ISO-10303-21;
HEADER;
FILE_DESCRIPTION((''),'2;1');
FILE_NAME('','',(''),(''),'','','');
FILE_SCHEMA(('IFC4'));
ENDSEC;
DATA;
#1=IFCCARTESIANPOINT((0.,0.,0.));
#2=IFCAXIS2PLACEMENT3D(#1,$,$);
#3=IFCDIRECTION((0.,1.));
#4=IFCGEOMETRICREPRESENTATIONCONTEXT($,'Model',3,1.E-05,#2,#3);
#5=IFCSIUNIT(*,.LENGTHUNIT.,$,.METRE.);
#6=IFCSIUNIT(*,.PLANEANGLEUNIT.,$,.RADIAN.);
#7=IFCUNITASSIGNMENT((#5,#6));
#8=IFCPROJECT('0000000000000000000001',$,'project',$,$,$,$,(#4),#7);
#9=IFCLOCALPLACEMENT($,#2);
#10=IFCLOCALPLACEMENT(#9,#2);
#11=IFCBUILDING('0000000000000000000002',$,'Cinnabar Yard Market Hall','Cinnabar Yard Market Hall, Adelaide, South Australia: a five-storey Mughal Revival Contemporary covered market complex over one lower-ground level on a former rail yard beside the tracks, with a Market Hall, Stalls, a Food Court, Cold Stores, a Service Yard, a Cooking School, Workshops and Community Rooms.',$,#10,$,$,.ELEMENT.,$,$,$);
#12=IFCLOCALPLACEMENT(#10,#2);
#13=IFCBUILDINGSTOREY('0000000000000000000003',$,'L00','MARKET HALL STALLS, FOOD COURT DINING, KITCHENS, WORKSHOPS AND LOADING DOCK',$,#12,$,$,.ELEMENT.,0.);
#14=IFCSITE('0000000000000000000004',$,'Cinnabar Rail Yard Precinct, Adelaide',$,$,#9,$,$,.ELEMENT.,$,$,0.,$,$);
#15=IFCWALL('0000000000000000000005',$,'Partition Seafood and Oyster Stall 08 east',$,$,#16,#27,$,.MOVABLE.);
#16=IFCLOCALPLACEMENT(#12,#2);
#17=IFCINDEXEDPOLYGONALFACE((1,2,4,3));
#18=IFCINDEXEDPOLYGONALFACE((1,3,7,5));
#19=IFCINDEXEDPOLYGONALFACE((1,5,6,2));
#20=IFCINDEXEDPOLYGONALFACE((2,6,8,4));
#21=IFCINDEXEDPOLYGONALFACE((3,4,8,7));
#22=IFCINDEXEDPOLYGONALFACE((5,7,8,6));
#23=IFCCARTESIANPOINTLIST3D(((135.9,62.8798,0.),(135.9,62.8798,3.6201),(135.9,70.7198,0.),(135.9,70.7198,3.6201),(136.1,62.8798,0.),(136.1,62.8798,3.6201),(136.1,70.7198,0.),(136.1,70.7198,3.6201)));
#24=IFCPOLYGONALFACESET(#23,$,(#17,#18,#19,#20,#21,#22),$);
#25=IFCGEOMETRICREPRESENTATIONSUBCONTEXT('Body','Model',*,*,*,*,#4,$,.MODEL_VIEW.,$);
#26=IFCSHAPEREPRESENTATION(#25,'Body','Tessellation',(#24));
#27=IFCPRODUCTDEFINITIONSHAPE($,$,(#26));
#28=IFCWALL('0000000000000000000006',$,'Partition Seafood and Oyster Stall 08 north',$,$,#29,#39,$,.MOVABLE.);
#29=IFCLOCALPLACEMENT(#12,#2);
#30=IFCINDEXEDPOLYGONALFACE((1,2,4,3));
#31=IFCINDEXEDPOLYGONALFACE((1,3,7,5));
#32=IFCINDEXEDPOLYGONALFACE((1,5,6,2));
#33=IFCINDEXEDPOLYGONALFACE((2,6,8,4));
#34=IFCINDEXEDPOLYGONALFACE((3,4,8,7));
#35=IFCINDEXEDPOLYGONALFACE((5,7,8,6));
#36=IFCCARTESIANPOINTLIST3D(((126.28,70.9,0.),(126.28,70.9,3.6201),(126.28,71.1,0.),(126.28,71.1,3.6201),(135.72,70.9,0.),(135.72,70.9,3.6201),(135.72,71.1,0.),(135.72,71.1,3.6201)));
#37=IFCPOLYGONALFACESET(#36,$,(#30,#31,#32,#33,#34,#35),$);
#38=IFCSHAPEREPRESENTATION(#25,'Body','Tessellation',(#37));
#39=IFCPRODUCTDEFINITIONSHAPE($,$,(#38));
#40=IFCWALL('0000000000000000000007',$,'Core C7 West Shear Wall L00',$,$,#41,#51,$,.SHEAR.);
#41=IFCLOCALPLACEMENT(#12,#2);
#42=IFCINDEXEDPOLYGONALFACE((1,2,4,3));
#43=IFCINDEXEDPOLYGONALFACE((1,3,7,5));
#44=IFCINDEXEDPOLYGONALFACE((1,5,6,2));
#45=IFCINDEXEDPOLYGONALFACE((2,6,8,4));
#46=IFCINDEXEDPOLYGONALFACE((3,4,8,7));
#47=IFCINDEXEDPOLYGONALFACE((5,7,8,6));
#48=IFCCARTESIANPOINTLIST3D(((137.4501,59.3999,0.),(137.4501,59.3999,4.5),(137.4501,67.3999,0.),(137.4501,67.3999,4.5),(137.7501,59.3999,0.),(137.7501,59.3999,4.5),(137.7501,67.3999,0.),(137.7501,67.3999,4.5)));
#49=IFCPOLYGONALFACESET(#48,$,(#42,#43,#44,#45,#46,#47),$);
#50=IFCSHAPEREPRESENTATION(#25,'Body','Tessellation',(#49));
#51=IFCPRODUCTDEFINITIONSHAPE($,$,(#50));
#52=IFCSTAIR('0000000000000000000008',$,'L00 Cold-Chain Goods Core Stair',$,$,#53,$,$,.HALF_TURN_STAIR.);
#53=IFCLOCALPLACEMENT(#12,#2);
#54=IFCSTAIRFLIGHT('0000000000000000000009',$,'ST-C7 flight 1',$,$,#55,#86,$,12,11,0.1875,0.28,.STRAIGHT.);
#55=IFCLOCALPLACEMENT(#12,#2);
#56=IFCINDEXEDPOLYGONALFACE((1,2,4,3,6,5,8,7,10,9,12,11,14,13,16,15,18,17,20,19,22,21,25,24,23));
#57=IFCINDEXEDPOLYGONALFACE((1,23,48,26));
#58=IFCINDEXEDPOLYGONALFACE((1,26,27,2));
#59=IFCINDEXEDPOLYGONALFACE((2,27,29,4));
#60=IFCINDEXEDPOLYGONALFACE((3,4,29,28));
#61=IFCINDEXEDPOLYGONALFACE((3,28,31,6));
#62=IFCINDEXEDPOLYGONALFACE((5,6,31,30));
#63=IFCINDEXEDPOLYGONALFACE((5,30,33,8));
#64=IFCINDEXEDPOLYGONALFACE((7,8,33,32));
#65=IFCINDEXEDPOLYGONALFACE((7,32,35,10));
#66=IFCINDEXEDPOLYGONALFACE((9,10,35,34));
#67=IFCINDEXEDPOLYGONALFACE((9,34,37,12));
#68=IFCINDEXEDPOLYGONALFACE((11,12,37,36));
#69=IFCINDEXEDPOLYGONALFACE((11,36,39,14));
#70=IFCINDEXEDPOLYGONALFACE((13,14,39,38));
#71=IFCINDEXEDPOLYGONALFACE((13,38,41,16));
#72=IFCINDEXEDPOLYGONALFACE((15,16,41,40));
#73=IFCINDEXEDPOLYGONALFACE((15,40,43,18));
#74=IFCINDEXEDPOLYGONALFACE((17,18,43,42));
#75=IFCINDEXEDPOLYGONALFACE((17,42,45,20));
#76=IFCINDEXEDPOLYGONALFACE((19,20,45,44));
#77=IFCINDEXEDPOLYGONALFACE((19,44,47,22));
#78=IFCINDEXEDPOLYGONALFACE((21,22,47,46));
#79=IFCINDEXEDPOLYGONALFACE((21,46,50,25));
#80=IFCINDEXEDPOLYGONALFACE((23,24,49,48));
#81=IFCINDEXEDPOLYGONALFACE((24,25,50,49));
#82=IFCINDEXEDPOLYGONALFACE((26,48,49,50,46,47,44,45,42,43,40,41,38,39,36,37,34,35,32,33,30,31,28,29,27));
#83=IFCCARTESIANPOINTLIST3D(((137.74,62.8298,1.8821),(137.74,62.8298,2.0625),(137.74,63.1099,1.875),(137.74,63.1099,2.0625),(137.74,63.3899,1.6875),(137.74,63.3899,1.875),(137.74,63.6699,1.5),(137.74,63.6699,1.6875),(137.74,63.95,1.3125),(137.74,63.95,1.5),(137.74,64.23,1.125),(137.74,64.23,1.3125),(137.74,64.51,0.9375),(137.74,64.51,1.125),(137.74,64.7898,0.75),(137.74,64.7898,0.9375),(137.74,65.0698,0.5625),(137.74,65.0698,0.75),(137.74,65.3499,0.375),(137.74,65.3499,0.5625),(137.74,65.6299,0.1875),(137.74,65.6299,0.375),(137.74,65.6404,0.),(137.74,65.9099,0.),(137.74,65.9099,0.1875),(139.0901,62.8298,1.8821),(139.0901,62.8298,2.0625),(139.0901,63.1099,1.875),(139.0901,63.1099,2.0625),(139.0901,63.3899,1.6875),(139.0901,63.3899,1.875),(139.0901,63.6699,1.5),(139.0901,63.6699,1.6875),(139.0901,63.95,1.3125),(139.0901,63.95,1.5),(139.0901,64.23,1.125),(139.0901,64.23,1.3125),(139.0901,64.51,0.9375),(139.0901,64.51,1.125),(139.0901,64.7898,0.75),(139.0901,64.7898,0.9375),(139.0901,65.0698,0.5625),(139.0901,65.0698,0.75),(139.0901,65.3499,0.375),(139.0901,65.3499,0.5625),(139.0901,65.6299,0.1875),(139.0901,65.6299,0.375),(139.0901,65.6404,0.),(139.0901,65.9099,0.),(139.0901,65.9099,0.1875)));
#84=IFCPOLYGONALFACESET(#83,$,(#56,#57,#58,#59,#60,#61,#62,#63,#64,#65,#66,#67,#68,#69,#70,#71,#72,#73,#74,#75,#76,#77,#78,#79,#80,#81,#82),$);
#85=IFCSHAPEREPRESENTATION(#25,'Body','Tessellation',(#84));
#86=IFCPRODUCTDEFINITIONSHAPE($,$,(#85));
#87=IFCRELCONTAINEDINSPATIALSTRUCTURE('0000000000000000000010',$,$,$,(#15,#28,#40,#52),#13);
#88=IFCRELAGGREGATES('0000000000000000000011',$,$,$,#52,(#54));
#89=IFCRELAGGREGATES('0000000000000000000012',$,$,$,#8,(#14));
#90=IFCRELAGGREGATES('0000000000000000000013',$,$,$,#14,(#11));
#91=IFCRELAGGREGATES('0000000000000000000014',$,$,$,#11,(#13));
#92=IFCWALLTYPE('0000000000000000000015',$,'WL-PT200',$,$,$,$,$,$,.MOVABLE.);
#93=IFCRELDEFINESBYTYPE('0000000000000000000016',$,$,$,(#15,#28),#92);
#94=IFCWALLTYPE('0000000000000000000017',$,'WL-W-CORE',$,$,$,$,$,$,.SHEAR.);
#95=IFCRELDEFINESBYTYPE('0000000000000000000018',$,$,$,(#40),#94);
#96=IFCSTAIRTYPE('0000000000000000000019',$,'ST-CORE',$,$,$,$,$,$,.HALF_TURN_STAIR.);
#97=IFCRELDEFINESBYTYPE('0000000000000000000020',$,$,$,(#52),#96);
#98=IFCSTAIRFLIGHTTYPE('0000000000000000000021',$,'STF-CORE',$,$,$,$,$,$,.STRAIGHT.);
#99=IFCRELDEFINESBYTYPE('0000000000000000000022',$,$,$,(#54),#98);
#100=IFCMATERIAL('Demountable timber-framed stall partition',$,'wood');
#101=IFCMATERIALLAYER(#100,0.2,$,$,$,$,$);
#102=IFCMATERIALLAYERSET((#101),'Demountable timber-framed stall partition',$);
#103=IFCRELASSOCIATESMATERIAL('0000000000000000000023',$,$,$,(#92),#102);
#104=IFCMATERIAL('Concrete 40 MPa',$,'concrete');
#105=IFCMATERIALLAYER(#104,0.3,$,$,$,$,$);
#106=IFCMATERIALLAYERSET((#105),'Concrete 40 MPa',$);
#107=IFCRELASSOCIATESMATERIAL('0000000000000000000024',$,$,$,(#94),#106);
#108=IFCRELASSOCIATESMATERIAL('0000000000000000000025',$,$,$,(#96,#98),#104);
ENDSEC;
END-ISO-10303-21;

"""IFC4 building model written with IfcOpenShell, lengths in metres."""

from ifc_helpers import new_model, si_unit, direction, frame, frame_2d, origin, place, context, subcontext, project, spatial, polyline, rectangle, outline, extrude, material, layer, layer_set, type_object, element, aggregate, save


model = new_model("IFC4")

# Units and contexts
model_context = context("Model", 3, precision=1e-05, world=origin(), true_north=direction((0.0, 1.0)))
body_context = subcontext(model_context, "Body", "Model", "MODEL_VIEW")
ifc_project = project(units=[si_unit("LENGTHUNIT", "METRE"), si_unit("PLANEANGLEUNIT", "RADIAN")], contexts=[model_context])

# Site, building, storey
site_placement = place(None, origin())
site = spatial("IfcSite", under=ifc_project, at=site_placement, Name="Cinnabar Rail Yard Precinct, Adelaide", CompositionType="ELEMENT", RefElevation=0.0)
building_placement = place(site_placement, origin())
building = spatial("IfcBuilding", under=site, at=building_placement, Name="Cinnabar Yard Market Hall", Description="Cinnabar Yard Market Hall, Adelaide, South Australia: a five-storey Mughal Revival Contemporary covered market complex over one lower-ground level on a former rail yard beside the tracks, with a Market Hall, Stalls, a Food Court, Cold Stores, a Service Yard, a Cooking School, Workshops and Community Rooms.", CompositionType="ELEMENT")
storey_placement = place(building_placement, origin())
storey = spatial("IfcBuildingStorey", under=building, at=storey_placement, Name="L00", Description="MARKET HALL STALLS, FOOD COURT DINING, KITCHENS, WORKSHOPS AND LOADING DOCK", CompositionType="ELEMENT", Elevation=0.0)

# Shared definitions
ifc_material_1 = material(Name="Demountable timber-framed stall partition", Category="wood")
ifc_layer_1 = layer(ifc_material_1, 0.2)
ifc_layer_set_1 = layer_set([ifc_layer_1], Name="Demountable timber-framed stall partition")
wall_type_1 = type_object("IfcWallType", Name="WL-PT200", PredefinedType="MOVABLE", material=ifc_layer_set_1)

# Walls
wall_1_placement = place(storey_placement, frame((136.0, 62.8799, 0.0), z_axis=(0.0, 0.0, 1.0), x_axis=(0.0, 1.0, 0.0)))
element("IfcWall", 1, at=wall_1_placement, inside=storey, type_object=wall_type_1, Name="Partition Seafood and Oyster Stall 08 east", PredefinedType="MOVABLE", context=body_context, shape_type="SweptSolid", body=[
    extrude(rectangle(XDim=7.8401, YDim=0.2, at=frame_2d((3.9199, 0.0), x_axis=(1.0, 0.0))), origin(), (0.0, 0.0, 1.0), 3.6201),
])
wall_2_placement = place(storey_placement, frame((135.72, 71.0, 0.0), z_axis=(0.0, 0.0, 1.0), x_axis=(-1.0, 0.0, 0.0)))
element("IfcWall", 2, at=wall_2_placement, inside=storey, type_object=wall_type_1, Name="Partition Seafood and Oyster Stall 08 north", PredefinedType="MOVABLE", context=body_context, shape_type="SweptSolid", body=[
    extrude(rectangle(XDim=9.4399, YDim=0.2, at=frame_2d((4.72, 0.0), x_axis=(1.0, 0.0))), origin(), (0.0, 0.0, 1.0), 3.6201),
])
ifc_material_2 = material(Name="Concrete 40 MPa", Category="concrete")
ifc_layer_2 = layer(ifc_material_2, 0.3)
ifc_layer_set_2 = layer_set([ifc_layer_2], Name="Concrete 40 MPa")
wall_type_2 = type_object("IfcWallType", Name="WL-W-CORE", PredefinedType="SHEAR", material=ifc_layer_set_2)
wall_3_placement = place(storey_placement, frame((137.6001, 67.3999, 0.0), z_axis=(0.0, 0.0, 1.0), x_axis=(0.0, -1.0, 0.0)))
element("IfcWall", 3, at=wall_3_placement, inside=storey, type_object=wall_type_2, Name="Core C7 West Shear Wall L00", PredefinedType="SHEAR", context=body_context, shape_type="SweptSolid", body=[
    extrude(rectangle(XDim=8.0, YDim=0.3, at=frame_2d((4.0, 0.0), x_axis=(1.0, 0.0))), origin(), (0.0, 0.0, 1.0), 4.5),
])

# Stair, stair flight
stair_type = type_object("IfcStairType", Name="ST-CORE", PredefinedType="HALF_TURN_STAIR", material=ifc_material_2)
stair_placement = place(storey_placement, origin())
stair = element("IfcStair", 4, at=stair_placement, inside=storey, type_object=stair_type, Name="L00 Cold-Chain Goods Core Stair", PredefinedType="HALF_TURN_STAIR")
stair_flight_type = type_object("IfcStairFlightType", Name="STF-CORE", PredefinedType="STRAIGHT", material=ifc_material_2)
stair_flight_placement = place(storey_placement, frame((138.415, 65.9099, 0.0), z_axis=(0.0, 0.0, 1.0), x_axis=(0.0, -1.0, 0.0)))
stair_flight = element("IfcStairFlight", 5, at=stair_flight_placement, type_object=stair_flight_type, Name="ST-C7 flight 1", NumberOfRisers=12, NumberOfTreads=11, PredefinedType="STRAIGHT", RiserHeight=0.1875, TreadLength=0.28, context=body_context, shape_type="SweptSolid", body=[
    extrude(outline(polyline([(0.0, 0.0), (0.0, 0.1875), (0.28, 0.1875), (0.28, 0.375), (0.5601, 0.375), (0.5601, 0.5625), (0.8401, 0.5625), (0.8401, 0.75), (1.1201, 0.75), (1.1201, 0.9375), (1.3999, 0.9375), (1.3999, 1.125), (1.6799, 1.125), (1.6799, 1.3125), (1.96, 1.3125), (1.96, 1.5), (2.24, 1.5), (2.24, 1.6875), (2.52, 1.6875), (2.52, 1.875), (2.8, 1.875), (2.8, 2.0625), (3.0801, 2.0625), (3.0801, 2.25), (3.0801, 1.8821), (0.2695, 0.0), (0.0, 0.0)])), frame((0.0, 0.675, 0.0), z_axis=(0.0, -1.0, 0.0), x_axis=(1.0, 0.0, 0.0)), (0.0, 0.0, 1.0), 1.3501),
])
aggregate(stair, [stair_flight])

save(model, "model.ifc")
